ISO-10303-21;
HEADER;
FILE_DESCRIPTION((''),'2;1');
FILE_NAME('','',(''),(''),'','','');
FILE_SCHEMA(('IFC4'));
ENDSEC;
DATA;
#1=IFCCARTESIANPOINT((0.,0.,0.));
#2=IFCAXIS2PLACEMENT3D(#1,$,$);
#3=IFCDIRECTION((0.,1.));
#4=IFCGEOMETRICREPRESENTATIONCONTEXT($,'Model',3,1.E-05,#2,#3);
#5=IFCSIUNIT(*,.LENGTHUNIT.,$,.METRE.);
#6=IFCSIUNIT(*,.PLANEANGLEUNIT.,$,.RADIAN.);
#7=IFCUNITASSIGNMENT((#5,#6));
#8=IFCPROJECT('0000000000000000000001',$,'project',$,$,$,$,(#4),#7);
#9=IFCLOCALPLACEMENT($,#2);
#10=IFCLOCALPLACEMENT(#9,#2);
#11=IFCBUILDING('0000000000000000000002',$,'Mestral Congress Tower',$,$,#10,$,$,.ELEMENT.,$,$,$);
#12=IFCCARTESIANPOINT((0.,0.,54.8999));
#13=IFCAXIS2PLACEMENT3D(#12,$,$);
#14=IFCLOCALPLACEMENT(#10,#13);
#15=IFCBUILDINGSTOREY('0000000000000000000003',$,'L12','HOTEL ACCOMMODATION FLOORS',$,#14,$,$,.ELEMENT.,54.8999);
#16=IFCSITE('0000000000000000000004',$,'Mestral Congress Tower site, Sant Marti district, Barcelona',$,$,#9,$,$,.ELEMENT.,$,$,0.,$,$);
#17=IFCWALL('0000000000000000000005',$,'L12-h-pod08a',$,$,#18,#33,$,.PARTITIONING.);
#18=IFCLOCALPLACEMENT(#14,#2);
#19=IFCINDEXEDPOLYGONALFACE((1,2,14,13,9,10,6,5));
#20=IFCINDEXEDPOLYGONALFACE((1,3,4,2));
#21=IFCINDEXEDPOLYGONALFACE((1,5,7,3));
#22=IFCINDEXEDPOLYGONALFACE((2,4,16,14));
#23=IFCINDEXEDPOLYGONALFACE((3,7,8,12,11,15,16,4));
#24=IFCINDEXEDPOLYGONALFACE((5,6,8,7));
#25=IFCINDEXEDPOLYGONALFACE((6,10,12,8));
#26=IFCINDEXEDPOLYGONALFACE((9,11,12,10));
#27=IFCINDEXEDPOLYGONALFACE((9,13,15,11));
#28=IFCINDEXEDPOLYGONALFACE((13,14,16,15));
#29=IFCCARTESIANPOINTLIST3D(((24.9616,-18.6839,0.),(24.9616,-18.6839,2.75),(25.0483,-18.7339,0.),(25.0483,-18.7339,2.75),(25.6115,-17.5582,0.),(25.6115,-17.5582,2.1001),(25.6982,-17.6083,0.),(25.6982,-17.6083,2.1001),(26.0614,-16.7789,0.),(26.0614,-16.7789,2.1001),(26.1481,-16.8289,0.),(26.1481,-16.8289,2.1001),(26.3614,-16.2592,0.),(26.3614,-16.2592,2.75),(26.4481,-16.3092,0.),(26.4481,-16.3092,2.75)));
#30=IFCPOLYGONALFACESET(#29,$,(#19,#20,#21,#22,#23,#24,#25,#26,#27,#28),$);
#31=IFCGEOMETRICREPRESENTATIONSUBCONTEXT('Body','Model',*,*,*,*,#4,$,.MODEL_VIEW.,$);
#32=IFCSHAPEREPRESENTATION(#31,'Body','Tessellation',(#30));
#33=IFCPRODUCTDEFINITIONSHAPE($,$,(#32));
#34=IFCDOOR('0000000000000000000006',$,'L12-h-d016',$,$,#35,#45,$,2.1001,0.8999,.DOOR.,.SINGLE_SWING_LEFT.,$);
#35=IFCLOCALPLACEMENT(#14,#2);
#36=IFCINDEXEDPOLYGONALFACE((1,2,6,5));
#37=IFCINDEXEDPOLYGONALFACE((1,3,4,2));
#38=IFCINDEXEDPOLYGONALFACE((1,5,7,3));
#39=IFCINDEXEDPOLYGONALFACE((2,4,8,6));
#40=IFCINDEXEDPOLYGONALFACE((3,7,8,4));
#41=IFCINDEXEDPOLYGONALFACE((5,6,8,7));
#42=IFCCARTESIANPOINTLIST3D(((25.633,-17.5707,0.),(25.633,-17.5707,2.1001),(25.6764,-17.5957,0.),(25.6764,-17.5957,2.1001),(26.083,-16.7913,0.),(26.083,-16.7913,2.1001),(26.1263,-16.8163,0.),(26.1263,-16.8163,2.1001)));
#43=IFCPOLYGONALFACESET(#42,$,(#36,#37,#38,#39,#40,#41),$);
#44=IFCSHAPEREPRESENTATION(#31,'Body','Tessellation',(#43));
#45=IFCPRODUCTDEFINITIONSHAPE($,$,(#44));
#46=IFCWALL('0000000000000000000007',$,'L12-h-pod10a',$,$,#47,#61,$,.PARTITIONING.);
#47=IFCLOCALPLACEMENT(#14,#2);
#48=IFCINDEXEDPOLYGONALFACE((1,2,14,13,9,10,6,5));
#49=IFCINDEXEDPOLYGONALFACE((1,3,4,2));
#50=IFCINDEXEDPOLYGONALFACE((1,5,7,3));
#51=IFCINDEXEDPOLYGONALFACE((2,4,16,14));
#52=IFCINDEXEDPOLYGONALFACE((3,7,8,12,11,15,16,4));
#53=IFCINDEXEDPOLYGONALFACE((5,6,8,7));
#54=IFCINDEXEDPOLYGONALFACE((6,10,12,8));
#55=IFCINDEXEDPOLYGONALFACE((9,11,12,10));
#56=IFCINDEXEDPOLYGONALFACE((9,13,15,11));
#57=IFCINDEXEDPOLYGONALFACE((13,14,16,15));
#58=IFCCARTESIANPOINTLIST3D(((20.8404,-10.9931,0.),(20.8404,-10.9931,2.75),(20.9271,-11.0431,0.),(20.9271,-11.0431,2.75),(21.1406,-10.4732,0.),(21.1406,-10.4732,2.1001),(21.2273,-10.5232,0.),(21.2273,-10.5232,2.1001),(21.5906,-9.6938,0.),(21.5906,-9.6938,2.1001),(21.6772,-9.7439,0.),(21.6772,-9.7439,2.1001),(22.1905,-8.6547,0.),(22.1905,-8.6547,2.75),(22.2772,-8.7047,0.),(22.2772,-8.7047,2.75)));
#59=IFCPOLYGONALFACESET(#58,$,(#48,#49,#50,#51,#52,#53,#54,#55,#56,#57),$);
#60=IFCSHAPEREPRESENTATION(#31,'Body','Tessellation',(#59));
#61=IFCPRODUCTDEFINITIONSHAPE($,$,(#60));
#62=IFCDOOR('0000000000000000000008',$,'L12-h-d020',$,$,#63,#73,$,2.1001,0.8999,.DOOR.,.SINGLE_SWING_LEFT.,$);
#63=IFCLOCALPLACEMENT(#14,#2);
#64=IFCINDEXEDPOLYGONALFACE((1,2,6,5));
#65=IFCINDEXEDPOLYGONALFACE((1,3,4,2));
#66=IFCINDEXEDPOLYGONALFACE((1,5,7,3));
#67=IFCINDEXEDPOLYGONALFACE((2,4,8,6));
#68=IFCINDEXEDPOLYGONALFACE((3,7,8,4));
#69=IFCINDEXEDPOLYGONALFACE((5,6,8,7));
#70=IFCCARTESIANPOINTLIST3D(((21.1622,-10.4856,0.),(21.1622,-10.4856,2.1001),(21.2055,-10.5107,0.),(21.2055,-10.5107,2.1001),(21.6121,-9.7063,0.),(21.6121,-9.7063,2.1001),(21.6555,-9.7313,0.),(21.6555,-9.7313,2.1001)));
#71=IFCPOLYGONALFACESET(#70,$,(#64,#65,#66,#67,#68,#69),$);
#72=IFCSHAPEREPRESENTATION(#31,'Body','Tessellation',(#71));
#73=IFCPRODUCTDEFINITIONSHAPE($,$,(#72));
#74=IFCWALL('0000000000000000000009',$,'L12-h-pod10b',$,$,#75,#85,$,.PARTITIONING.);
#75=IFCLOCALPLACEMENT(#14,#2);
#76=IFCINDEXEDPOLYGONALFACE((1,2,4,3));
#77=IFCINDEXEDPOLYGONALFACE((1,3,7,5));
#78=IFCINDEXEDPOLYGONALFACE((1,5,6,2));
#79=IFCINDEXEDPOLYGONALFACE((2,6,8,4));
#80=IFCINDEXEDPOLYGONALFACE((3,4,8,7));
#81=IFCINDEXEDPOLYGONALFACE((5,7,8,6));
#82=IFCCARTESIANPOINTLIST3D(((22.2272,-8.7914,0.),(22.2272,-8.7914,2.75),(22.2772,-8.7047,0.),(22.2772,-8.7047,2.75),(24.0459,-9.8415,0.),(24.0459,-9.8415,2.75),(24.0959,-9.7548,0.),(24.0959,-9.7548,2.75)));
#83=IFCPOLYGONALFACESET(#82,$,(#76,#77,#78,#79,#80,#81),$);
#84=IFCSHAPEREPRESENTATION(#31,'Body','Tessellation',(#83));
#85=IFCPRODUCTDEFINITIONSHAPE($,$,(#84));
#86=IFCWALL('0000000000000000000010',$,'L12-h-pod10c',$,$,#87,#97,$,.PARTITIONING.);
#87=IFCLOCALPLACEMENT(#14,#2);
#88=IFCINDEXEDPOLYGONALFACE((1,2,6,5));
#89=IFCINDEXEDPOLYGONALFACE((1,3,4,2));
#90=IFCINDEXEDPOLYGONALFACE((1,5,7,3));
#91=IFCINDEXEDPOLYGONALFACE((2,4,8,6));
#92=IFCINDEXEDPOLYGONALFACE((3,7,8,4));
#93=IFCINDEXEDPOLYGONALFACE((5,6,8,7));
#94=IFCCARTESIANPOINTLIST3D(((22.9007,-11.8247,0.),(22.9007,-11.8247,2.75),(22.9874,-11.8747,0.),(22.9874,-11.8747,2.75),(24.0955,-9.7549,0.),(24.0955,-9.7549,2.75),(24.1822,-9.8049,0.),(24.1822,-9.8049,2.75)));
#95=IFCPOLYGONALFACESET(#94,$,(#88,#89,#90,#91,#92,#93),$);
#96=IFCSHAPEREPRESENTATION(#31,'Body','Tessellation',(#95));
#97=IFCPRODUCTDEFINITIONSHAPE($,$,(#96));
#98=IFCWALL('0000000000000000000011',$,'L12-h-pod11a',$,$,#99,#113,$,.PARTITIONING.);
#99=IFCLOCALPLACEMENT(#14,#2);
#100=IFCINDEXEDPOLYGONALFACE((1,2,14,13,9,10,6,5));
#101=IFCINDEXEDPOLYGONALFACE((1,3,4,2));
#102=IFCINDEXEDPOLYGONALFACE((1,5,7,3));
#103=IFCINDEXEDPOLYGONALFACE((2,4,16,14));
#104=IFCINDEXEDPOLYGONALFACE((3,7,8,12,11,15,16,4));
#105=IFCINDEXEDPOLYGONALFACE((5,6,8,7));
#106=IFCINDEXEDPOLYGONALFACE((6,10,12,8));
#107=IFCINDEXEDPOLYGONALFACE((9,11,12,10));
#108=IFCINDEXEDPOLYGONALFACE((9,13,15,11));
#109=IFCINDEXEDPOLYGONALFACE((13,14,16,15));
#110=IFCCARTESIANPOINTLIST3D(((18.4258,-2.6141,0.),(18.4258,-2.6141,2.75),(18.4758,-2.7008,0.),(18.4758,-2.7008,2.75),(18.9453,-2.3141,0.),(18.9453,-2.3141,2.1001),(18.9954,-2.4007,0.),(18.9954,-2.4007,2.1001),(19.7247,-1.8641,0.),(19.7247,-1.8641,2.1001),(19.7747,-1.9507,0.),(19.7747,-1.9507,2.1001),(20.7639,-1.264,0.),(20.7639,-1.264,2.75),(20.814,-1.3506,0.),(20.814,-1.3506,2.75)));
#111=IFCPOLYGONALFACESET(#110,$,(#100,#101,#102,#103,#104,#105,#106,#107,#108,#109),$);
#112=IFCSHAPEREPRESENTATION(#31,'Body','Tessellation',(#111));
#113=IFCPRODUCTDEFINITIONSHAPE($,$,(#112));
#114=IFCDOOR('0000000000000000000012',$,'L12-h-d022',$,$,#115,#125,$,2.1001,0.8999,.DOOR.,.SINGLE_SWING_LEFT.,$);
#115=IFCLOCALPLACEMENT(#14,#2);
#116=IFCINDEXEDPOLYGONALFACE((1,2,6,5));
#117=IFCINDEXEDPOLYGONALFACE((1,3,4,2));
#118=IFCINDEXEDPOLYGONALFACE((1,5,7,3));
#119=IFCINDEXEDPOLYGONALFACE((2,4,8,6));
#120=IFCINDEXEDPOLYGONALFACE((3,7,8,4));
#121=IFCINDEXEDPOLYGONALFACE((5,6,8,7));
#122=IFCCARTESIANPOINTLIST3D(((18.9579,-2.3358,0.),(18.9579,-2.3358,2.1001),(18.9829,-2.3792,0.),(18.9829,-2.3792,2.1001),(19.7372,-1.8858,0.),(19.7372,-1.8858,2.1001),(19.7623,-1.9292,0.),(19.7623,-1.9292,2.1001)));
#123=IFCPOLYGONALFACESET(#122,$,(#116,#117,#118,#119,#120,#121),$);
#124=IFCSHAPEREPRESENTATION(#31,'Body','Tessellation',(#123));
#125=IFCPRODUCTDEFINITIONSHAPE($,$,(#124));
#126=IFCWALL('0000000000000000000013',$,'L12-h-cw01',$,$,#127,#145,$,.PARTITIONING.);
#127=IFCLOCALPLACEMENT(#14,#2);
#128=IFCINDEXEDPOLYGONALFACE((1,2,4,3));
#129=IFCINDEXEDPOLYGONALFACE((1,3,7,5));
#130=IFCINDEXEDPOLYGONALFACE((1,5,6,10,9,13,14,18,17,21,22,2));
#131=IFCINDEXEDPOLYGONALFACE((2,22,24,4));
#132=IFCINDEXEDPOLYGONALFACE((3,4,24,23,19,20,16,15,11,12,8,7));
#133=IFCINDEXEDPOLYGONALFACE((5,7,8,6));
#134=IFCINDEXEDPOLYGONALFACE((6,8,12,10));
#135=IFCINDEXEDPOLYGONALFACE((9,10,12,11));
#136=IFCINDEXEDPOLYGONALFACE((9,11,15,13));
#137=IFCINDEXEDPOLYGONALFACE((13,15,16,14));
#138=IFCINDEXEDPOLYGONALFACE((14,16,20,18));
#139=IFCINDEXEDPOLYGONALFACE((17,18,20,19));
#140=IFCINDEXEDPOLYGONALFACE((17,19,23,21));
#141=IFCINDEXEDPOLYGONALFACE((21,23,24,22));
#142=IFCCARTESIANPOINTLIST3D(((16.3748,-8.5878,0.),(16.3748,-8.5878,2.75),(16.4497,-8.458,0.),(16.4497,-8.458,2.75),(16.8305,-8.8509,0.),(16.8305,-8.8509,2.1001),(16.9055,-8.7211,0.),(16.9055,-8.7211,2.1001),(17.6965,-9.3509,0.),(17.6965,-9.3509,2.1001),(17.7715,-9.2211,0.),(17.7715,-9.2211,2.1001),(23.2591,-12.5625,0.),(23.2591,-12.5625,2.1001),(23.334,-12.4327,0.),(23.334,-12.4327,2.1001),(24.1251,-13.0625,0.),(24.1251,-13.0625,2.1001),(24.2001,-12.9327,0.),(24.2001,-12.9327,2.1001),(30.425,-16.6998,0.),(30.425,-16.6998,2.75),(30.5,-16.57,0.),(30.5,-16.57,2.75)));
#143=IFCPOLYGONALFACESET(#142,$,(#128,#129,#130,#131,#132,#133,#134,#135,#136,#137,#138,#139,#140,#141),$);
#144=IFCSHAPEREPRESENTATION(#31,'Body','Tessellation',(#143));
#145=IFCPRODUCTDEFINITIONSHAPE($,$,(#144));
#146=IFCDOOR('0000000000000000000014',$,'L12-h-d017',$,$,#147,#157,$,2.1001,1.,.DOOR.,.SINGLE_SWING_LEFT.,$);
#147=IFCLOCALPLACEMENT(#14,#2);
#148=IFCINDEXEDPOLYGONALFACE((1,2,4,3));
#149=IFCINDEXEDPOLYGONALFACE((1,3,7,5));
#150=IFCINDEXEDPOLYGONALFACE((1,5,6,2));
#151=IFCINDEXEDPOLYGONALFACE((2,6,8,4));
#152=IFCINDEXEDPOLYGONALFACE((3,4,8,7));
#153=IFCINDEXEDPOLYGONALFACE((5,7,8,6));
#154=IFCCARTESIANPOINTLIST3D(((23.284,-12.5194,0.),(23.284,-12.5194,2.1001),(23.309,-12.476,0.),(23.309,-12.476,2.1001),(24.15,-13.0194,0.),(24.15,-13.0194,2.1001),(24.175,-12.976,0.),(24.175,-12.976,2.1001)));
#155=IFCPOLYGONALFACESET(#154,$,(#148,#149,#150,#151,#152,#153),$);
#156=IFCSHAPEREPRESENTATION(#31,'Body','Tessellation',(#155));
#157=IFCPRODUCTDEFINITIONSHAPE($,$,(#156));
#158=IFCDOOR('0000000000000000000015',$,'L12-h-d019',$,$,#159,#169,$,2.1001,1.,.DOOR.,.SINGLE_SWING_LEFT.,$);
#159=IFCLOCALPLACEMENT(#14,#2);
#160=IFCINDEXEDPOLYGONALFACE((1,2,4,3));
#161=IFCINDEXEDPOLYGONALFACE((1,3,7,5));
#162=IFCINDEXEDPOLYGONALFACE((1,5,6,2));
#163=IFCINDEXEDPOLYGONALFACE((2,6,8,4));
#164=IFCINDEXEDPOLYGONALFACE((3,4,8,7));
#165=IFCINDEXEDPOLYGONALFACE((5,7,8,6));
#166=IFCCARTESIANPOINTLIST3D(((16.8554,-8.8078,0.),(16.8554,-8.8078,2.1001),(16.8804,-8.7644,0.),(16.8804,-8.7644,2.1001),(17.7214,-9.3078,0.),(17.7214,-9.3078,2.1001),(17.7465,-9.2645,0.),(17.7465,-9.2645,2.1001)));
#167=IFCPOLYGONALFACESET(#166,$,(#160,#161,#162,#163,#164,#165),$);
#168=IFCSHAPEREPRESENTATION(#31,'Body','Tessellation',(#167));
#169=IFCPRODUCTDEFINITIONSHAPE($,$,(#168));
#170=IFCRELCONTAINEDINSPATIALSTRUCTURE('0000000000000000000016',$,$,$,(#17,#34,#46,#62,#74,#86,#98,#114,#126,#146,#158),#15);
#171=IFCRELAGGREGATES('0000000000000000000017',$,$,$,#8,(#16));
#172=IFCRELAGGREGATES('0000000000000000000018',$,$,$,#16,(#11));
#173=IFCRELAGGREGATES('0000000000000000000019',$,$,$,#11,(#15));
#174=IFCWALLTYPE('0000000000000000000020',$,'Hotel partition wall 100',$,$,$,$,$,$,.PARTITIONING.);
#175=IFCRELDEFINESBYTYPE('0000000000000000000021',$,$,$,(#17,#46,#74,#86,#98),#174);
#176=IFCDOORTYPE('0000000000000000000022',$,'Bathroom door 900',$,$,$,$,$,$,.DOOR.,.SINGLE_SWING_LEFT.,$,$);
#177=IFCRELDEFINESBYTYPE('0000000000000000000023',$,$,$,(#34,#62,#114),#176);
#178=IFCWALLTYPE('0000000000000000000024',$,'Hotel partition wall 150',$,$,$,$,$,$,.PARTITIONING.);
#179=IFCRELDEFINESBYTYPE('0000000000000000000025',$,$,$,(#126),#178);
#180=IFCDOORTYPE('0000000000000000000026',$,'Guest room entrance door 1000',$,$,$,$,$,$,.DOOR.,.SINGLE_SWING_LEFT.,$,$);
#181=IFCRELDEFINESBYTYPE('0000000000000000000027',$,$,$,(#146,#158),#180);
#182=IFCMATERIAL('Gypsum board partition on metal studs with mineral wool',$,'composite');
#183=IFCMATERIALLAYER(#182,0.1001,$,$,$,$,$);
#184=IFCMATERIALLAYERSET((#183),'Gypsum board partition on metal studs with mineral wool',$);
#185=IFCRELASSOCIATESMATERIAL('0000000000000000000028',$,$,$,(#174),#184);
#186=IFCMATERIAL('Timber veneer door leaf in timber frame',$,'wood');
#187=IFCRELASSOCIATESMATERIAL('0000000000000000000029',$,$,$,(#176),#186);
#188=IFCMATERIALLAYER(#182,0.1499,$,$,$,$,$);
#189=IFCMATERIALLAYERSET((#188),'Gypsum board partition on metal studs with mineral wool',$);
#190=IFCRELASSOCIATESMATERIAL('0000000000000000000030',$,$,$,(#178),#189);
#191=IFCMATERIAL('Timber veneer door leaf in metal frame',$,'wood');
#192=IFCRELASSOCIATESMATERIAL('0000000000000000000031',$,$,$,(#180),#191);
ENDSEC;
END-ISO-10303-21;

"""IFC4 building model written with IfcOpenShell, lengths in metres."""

from ifc_helpers import new_model, si_unit, direction, frame, frame_2d, origin, place, context, subcontext, project, spatial, rectangle, extrude, material, layer, layer_set, type_object, element, fill, save


model = new_model("IFC4")

# Units and contexts
model_context = context("Model", 3, precision=1e-05, world=origin(), true_north=direction((0.0, 1.0)))
body_context = subcontext(model_context, "Body", "Model", "MODEL_VIEW")
ifc_project = project(units=[si_unit("LENGTHUNIT", "METRE"), si_unit("PLANEANGLEUNIT", "RADIAN")], contexts=[model_context])

# Site, building, storey
site_placement = place(None, origin())
site = spatial("IfcSite", under=ifc_project, at=site_placement, Name="Mestral Congress Tower site, Sant Marti district, Barcelona", CompositionType="ELEMENT", RefElevation=0.0)
building_placement = place(site_placement, origin())
building = spatial("IfcBuilding", under=site, at=building_placement, Name="Mestral Congress Tower", CompositionType="ELEMENT")
storey_placement = place(building_placement, frame((0.0, 0.0, 54.8999)))
storey = spatial("IfcBuildingStorey", under=building, at=storey_placement, Name="L12", Description="HOTEL ACCOMMODATION FLOORS", CompositionType="ELEMENT", Elevation=54.8999)

# Shared definitions
ifc_material_1 = material(Name="Gypsum board partition on metal studs with mineral wool", Category="composite")
ifc_layer_1 = layer(ifc_material_1, 0.1001)
ifc_layer_set_1 = layer_set([ifc_layer_1], Name="Gypsum board partition on metal studs with mineral wool")
wall_type_1 = type_object("IfcWallType", Name="Hotel partition wall 100", PredefinedType="PARTITIONING", material=ifc_layer_set_1)
ifc_material_2 = material(Name="Timber veneer door leaf in timber frame", Category="wood")
door_type_1 = type_object("IfcDoorType", Name="Bathroom door 900", OperationType="SINGLE_SWING_LEFT", PredefinedType="DOOR", material=ifc_material_2)

# Walls, openings, doors
wall_1_placement = place(storey_placement, frame((26.4048, -16.2842, 0.0), z_axis=(0.0, 0.0, 1.0), x_axis=(-0.499984, -0.866035, 0.0)))
wall_1 = element("IfcWall", 1, at=wall_1_placement, inside=storey, type_object=wall_type_1, Name="L12-h-pod08a", PredefinedType="PARTITIONING", context=body_context, shape_type="SweptSolid", body=[
    extrude(rectangle(XDim=2.7998, YDim=0.1001, at=frame_2d((1.3999, 0.0))), origin(), (0.0, 0.0, 1.0), 2.75),
])
opening_1_placement = place(wall_1_placement, frame((0.6001, 0.0, 0.0)))
opening_1 = element("IfcOpeningElement", 2, at=opening_1_placement, cuts=wall_1, PredefinedType="OPENING", context=body_context, shape_type="SweptSolid", body=[
    extrude(rectangle(XDim=0.8999, YDim=2.1001, at=frame_2d((0.45, 1.05))), frame((0.0, 0.0601, 0.0), z_axis=(0.0, -1.0, 0.0), x_axis=(1.0, 0.0, 0.0)), (0.0, 0.0, 1.0), 0.1201),
])
door_1_placement = place(opening_1_placement, origin())
door_1 = element("IfcDoor", 3, at=door_1_placement, inside=storey, type_object=door_type_1, Name="L12-h-d016", OperationType="SINGLE_SWING_LEFT", OverallHeight=2.1001, OverallWidth=0.8999, PredefinedType="DOOR", context=body_context, shape_type="SweptSolid", body=[
    extrude(rectangle(XDim=0.8999, YDim=2.1001, at=frame_2d((0.45, 1.05))), frame((0.0, 0.0249, 0.0), z_axis=(0.0, -1.0, 0.0), x_axis=(1.0, 0.0, 0.0)), (0.0, 0.0, 1.0), 0.05),
])
fill(opening_1, door_1)
wall_2_placement = place(storey_placement, frame((22.2339, -8.6797, 0.0), z_axis=(0.0, 0.0, 1.0), x_axis=(-0.500009, -0.86602, 0.0)))
wall_2 = element("IfcWall", 4, at=wall_2_placement, inside=storey, type_object=wall_type_1, Name="L12-h-pod10a", PredefinedType="PARTITIONING", context=body_context, shape_type="SweptSolid", body=[
    extrude(rectangle(XDim=2.7002, YDim=0.1001, at=frame_2d((1.3501, 0.0))), origin(), (0.0, 0.0, 1.0), 2.75),
])
opening_2_placement = place(wall_2_placement, frame((1.2, 0.0, 0.0)))
opening_2 = element("IfcOpeningElement", 5, at=opening_2_placement, cuts=wall_2, PredefinedType="OPENING", context=body_context, shape_type="SweptSolid", body=[
    extrude(rectangle(XDim=0.8999, YDim=2.1001, at=frame_2d((0.45, 1.05))), frame((0.0, 0.0601, 0.0), z_axis=(0.0, -1.0, 0.0), x_axis=(1.0, 0.0, 0.0)), (0.0, 0.0, 1.0), 0.1201),
])
door_2_placement = place(opening_2_placement, origin())
door_2 = element("IfcDoor", 6, at=door_2_placement, inside=storey, type_object=door_type_1, Name="L12-h-d020", OperationType="SINGLE_SWING_LEFT", OverallHeight=2.1001, OverallWidth=0.8999, PredefinedType="DOOR", context=body_context, shape_type="SweptSolid", body=[
    extrude(rectangle(XDim=0.8999, YDim=2.1001, at=frame_2d((0.45, 1.05))), frame((0.0, 0.0249, 0.0), z_axis=(0.0, -1.0, 0.0), x_axis=(1.0, 0.0, 0.0)), (0.0, 0.0, 1.0), 0.05),
])
fill(opening_2, door_2)

# Walls
wall_3_placement = place(storey_placement, frame((22.2522, -8.748, 0.0), z_axis=(0.0, 0.0, 1.0), x_axis=(0.866009, -0.500028, 0.0)))
element("IfcWall", 7, at=wall_3_placement, inside=storey, type_object=wall_type_1, Name="L12-h-pod10b", PredefinedType="PARTITIONING", context=body_context, shape_type="SweptSolid", body=[
    extrude(rectangle(XDim=2.1001, YDim=0.1001, at=frame_2d((1.05, 0.0))), origin(), (0.0, 0.0, 1.0), 2.75),
])
wall_4_placement = place(storey_placement, frame((22.9441, -11.8496, 0.0), z_axis=(0.0, 0.0, 1.0), x_axis=(0.499941, 0.86606, 0.0)))
element("IfcWall", 8, at=wall_4_placement, inside=storey, type_object=wall_type_1, Name="L12-h-pod10c", PredefinedType="PARTITIONING", context=body_context, shape_type="SweptSolid", body=[
    extrude(rectangle(XDim=2.3899, YDim=0.1001, at=frame_2d((1.1948, 0.0))), origin(), (0.0, 0.0, 1.0), 2.75),
])

# Wall, opening, door
wall_5_placement = place(storey_placement, frame((18.4507, -2.6575, 0.0), z_axis=(0.0, 0.0, 1.0), x_axis=(0.865997, 0.500049, 0.0)))
wall_5 = element("IfcWall", 9, at=wall_5_placement, inside=storey, type_object=wall_type_1, Name="L12-h-pod11a", PredefinedType="PARTITIONING", context=body_context, shape_type="SweptSolid", body=[
    extrude(rectangle(XDim=2.7, YDim=0.1001, at=frame_2d((1.3501, 0.0))), origin(), (0.0, 0.0, 1.0), 2.75),
])
opening_3_placement = place(wall_5_placement, frame((0.6001, 0.0, 0.0)))
opening_3 = element("IfcOpeningElement", 10, at=opening_3_placement, cuts=wall_5, PredefinedType="OPENING", context=body_context, shape_type="SweptSolid", body=[
    extrude(rectangle(XDim=0.8999, YDim=2.1001, at=frame_2d((0.45, 1.05))), frame((0.0, 0.0601, 0.0), z_axis=(0.0, -1.0, 0.0), x_axis=(1.0, 0.0, 0.0)), (0.0, 0.0, 1.0), 0.1201),
])
door_3_placement = place(opening_3_placement, origin())
door_3 = element("IfcDoor", 11, at=door_3_placement, inside=storey, type_object=door_type_1, Name="L12-h-d022", OperationType="SINGLE_SWING_LEFT", OverallHeight=2.1001, OverallWidth=0.8999, PredefinedType="DOOR", context=body_context, shape_type="SweptSolid", body=[
    extrude(rectangle(XDim=0.8999, YDim=2.1001, at=frame_2d((0.45, 1.05))), frame((0.0, 0.0249, 0.0), z_axis=(0.0, -1.0, 0.0), x_axis=(1.0, 0.0, 0.0)), (0.0, 0.0, 1.0), 0.05),
])
fill(opening_3, door_3)

# Wall, openings, doors
ifc_layer_2 = layer(ifc_material_1, 0.1499)
ifc_layer_set_2 = layer_set([ifc_layer_2], Name="Gypsum board partition on metal studs with mineral wool")
wall_type_2 = type_object("IfcWallType", Name="Hotel partition wall 150", PredefinedType="PARTITIONING", material=ifc_layer_set_2)
wall_6_placement = place(storey_placement, frame((16.4124, -8.5229, 0.0), z_axis=(0.0, 0.0, 1.0), x_axis=(0.866022, -0.500006, 0.0)))
wall_6 = element("IfcWall", 12, at=wall_6_placement, inside=storey, type_object=wall_type_2, Name="L12-h-cw01", PredefinedType="PARTITIONING", context=body_context, shape_type="SweptSolid", body=[
    extrude(rectangle(XDim=16.2239, YDim=0.1499, at=frame_2d((8.1118, 0.0))), origin(), (0.0, 0.0, 1.0), 2.75),
])
opening_4_placement = place(wall_6_placement, frame((7.9492, 0.0, 0.0)))
opening_4 = element("IfcOpeningElement", 13, at=opening_4_placement, cuts=wall_6, PredefinedType="OPENING", context=body_context, shape_type="SweptSolid", body=[
    extrude(rectangle(XDim=1.0, YDim=2.1001, at=frame_2d((0.5, 1.05))), frame((0.0, 0.085, 0.0), z_axis=(0.0, -1.0, 0.0), x_axis=(1.0, 0.0, 0.0)), (0.0, 0.0, 1.0), 0.1699),
])
opening_5_placement = place(wall_6_placement, frame((0.5261, 0.0, 0.0)))
opening_5 = element("IfcOpeningElement", 14, at=opening_5_placement, cuts=wall_6, PredefinedType="OPENING", context=body_context, shape_type="SweptSolid", body=[
    extrude(rectangle(XDim=1.0, YDim=2.1001, at=frame_2d((0.5, 1.05))), frame((0.0, 0.085, 0.0), z_axis=(0.0, -1.0, 0.0), x_axis=(1.0, 0.0, 0.0)), (0.0, 0.0, 1.0), 0.1699),
])
ifc_material_3 = material(Name="Timber veneer door leaf in metal frame", Category="wood")
door_type_2 = type_object("IfcDoorType", Name="Guest room entrance door 1000", OperationType="SINGLE_SWING_LEFT", PredefinedType="DOOR", material=ifc_material_3)
door_4_placement = place(opening_4_placement, origin())
door_4 = element("IfcDoor", 15, at=door_4_placement, inside=storey, type_object=door_type_2, Name="L12-h-d017", OperationType="SINGLE_SWING_LEFT", OverallHeight=2.1001, OverallWidth=1.0, PredefinedType="DOOR", context=body_context, shape_type="SweptSolid", body=[
    extrude(rectangle(XDim=1.0, YDim=2.1001, at=frame_2d((0.5, 1.05))), frame((0.0, 0.0249, 0.0), z_axis=(0.0, -1.0, 0.0), x_axis=(1.0, 0.0, 0.0)), (0.0, 0.0, 1.0), 0.05),
])
fill(opening_4, door_4)
door_5_placement = place(opening_5_placement, origin())
door_5 = element("IfcDoor", 16, at=door_5_placement, inside=storey, type_object=door_type_2, Name="L12-h-d019", OperationType="SINGLE_SWING_LEFT", OverallHeight=2.1001, OverallWidth=1.0, PredefinedType="DOOR", context=body_context, shape_type="SweptSolid", body=[
    extrude(rectangle(XDim=1.0, YDim=2.1001, at=frame_2d((0.5, 1.05))), frame((0.0, 0.0249, 0.0), z_axis=(0.0, -1.0, 0.0), x_axis=(1.0, 0.0, 0.0)), (0.0, 0.0, 1.0), 0.05),
])
fill(opening_5, door_5)

save(model, "model.ifc")
